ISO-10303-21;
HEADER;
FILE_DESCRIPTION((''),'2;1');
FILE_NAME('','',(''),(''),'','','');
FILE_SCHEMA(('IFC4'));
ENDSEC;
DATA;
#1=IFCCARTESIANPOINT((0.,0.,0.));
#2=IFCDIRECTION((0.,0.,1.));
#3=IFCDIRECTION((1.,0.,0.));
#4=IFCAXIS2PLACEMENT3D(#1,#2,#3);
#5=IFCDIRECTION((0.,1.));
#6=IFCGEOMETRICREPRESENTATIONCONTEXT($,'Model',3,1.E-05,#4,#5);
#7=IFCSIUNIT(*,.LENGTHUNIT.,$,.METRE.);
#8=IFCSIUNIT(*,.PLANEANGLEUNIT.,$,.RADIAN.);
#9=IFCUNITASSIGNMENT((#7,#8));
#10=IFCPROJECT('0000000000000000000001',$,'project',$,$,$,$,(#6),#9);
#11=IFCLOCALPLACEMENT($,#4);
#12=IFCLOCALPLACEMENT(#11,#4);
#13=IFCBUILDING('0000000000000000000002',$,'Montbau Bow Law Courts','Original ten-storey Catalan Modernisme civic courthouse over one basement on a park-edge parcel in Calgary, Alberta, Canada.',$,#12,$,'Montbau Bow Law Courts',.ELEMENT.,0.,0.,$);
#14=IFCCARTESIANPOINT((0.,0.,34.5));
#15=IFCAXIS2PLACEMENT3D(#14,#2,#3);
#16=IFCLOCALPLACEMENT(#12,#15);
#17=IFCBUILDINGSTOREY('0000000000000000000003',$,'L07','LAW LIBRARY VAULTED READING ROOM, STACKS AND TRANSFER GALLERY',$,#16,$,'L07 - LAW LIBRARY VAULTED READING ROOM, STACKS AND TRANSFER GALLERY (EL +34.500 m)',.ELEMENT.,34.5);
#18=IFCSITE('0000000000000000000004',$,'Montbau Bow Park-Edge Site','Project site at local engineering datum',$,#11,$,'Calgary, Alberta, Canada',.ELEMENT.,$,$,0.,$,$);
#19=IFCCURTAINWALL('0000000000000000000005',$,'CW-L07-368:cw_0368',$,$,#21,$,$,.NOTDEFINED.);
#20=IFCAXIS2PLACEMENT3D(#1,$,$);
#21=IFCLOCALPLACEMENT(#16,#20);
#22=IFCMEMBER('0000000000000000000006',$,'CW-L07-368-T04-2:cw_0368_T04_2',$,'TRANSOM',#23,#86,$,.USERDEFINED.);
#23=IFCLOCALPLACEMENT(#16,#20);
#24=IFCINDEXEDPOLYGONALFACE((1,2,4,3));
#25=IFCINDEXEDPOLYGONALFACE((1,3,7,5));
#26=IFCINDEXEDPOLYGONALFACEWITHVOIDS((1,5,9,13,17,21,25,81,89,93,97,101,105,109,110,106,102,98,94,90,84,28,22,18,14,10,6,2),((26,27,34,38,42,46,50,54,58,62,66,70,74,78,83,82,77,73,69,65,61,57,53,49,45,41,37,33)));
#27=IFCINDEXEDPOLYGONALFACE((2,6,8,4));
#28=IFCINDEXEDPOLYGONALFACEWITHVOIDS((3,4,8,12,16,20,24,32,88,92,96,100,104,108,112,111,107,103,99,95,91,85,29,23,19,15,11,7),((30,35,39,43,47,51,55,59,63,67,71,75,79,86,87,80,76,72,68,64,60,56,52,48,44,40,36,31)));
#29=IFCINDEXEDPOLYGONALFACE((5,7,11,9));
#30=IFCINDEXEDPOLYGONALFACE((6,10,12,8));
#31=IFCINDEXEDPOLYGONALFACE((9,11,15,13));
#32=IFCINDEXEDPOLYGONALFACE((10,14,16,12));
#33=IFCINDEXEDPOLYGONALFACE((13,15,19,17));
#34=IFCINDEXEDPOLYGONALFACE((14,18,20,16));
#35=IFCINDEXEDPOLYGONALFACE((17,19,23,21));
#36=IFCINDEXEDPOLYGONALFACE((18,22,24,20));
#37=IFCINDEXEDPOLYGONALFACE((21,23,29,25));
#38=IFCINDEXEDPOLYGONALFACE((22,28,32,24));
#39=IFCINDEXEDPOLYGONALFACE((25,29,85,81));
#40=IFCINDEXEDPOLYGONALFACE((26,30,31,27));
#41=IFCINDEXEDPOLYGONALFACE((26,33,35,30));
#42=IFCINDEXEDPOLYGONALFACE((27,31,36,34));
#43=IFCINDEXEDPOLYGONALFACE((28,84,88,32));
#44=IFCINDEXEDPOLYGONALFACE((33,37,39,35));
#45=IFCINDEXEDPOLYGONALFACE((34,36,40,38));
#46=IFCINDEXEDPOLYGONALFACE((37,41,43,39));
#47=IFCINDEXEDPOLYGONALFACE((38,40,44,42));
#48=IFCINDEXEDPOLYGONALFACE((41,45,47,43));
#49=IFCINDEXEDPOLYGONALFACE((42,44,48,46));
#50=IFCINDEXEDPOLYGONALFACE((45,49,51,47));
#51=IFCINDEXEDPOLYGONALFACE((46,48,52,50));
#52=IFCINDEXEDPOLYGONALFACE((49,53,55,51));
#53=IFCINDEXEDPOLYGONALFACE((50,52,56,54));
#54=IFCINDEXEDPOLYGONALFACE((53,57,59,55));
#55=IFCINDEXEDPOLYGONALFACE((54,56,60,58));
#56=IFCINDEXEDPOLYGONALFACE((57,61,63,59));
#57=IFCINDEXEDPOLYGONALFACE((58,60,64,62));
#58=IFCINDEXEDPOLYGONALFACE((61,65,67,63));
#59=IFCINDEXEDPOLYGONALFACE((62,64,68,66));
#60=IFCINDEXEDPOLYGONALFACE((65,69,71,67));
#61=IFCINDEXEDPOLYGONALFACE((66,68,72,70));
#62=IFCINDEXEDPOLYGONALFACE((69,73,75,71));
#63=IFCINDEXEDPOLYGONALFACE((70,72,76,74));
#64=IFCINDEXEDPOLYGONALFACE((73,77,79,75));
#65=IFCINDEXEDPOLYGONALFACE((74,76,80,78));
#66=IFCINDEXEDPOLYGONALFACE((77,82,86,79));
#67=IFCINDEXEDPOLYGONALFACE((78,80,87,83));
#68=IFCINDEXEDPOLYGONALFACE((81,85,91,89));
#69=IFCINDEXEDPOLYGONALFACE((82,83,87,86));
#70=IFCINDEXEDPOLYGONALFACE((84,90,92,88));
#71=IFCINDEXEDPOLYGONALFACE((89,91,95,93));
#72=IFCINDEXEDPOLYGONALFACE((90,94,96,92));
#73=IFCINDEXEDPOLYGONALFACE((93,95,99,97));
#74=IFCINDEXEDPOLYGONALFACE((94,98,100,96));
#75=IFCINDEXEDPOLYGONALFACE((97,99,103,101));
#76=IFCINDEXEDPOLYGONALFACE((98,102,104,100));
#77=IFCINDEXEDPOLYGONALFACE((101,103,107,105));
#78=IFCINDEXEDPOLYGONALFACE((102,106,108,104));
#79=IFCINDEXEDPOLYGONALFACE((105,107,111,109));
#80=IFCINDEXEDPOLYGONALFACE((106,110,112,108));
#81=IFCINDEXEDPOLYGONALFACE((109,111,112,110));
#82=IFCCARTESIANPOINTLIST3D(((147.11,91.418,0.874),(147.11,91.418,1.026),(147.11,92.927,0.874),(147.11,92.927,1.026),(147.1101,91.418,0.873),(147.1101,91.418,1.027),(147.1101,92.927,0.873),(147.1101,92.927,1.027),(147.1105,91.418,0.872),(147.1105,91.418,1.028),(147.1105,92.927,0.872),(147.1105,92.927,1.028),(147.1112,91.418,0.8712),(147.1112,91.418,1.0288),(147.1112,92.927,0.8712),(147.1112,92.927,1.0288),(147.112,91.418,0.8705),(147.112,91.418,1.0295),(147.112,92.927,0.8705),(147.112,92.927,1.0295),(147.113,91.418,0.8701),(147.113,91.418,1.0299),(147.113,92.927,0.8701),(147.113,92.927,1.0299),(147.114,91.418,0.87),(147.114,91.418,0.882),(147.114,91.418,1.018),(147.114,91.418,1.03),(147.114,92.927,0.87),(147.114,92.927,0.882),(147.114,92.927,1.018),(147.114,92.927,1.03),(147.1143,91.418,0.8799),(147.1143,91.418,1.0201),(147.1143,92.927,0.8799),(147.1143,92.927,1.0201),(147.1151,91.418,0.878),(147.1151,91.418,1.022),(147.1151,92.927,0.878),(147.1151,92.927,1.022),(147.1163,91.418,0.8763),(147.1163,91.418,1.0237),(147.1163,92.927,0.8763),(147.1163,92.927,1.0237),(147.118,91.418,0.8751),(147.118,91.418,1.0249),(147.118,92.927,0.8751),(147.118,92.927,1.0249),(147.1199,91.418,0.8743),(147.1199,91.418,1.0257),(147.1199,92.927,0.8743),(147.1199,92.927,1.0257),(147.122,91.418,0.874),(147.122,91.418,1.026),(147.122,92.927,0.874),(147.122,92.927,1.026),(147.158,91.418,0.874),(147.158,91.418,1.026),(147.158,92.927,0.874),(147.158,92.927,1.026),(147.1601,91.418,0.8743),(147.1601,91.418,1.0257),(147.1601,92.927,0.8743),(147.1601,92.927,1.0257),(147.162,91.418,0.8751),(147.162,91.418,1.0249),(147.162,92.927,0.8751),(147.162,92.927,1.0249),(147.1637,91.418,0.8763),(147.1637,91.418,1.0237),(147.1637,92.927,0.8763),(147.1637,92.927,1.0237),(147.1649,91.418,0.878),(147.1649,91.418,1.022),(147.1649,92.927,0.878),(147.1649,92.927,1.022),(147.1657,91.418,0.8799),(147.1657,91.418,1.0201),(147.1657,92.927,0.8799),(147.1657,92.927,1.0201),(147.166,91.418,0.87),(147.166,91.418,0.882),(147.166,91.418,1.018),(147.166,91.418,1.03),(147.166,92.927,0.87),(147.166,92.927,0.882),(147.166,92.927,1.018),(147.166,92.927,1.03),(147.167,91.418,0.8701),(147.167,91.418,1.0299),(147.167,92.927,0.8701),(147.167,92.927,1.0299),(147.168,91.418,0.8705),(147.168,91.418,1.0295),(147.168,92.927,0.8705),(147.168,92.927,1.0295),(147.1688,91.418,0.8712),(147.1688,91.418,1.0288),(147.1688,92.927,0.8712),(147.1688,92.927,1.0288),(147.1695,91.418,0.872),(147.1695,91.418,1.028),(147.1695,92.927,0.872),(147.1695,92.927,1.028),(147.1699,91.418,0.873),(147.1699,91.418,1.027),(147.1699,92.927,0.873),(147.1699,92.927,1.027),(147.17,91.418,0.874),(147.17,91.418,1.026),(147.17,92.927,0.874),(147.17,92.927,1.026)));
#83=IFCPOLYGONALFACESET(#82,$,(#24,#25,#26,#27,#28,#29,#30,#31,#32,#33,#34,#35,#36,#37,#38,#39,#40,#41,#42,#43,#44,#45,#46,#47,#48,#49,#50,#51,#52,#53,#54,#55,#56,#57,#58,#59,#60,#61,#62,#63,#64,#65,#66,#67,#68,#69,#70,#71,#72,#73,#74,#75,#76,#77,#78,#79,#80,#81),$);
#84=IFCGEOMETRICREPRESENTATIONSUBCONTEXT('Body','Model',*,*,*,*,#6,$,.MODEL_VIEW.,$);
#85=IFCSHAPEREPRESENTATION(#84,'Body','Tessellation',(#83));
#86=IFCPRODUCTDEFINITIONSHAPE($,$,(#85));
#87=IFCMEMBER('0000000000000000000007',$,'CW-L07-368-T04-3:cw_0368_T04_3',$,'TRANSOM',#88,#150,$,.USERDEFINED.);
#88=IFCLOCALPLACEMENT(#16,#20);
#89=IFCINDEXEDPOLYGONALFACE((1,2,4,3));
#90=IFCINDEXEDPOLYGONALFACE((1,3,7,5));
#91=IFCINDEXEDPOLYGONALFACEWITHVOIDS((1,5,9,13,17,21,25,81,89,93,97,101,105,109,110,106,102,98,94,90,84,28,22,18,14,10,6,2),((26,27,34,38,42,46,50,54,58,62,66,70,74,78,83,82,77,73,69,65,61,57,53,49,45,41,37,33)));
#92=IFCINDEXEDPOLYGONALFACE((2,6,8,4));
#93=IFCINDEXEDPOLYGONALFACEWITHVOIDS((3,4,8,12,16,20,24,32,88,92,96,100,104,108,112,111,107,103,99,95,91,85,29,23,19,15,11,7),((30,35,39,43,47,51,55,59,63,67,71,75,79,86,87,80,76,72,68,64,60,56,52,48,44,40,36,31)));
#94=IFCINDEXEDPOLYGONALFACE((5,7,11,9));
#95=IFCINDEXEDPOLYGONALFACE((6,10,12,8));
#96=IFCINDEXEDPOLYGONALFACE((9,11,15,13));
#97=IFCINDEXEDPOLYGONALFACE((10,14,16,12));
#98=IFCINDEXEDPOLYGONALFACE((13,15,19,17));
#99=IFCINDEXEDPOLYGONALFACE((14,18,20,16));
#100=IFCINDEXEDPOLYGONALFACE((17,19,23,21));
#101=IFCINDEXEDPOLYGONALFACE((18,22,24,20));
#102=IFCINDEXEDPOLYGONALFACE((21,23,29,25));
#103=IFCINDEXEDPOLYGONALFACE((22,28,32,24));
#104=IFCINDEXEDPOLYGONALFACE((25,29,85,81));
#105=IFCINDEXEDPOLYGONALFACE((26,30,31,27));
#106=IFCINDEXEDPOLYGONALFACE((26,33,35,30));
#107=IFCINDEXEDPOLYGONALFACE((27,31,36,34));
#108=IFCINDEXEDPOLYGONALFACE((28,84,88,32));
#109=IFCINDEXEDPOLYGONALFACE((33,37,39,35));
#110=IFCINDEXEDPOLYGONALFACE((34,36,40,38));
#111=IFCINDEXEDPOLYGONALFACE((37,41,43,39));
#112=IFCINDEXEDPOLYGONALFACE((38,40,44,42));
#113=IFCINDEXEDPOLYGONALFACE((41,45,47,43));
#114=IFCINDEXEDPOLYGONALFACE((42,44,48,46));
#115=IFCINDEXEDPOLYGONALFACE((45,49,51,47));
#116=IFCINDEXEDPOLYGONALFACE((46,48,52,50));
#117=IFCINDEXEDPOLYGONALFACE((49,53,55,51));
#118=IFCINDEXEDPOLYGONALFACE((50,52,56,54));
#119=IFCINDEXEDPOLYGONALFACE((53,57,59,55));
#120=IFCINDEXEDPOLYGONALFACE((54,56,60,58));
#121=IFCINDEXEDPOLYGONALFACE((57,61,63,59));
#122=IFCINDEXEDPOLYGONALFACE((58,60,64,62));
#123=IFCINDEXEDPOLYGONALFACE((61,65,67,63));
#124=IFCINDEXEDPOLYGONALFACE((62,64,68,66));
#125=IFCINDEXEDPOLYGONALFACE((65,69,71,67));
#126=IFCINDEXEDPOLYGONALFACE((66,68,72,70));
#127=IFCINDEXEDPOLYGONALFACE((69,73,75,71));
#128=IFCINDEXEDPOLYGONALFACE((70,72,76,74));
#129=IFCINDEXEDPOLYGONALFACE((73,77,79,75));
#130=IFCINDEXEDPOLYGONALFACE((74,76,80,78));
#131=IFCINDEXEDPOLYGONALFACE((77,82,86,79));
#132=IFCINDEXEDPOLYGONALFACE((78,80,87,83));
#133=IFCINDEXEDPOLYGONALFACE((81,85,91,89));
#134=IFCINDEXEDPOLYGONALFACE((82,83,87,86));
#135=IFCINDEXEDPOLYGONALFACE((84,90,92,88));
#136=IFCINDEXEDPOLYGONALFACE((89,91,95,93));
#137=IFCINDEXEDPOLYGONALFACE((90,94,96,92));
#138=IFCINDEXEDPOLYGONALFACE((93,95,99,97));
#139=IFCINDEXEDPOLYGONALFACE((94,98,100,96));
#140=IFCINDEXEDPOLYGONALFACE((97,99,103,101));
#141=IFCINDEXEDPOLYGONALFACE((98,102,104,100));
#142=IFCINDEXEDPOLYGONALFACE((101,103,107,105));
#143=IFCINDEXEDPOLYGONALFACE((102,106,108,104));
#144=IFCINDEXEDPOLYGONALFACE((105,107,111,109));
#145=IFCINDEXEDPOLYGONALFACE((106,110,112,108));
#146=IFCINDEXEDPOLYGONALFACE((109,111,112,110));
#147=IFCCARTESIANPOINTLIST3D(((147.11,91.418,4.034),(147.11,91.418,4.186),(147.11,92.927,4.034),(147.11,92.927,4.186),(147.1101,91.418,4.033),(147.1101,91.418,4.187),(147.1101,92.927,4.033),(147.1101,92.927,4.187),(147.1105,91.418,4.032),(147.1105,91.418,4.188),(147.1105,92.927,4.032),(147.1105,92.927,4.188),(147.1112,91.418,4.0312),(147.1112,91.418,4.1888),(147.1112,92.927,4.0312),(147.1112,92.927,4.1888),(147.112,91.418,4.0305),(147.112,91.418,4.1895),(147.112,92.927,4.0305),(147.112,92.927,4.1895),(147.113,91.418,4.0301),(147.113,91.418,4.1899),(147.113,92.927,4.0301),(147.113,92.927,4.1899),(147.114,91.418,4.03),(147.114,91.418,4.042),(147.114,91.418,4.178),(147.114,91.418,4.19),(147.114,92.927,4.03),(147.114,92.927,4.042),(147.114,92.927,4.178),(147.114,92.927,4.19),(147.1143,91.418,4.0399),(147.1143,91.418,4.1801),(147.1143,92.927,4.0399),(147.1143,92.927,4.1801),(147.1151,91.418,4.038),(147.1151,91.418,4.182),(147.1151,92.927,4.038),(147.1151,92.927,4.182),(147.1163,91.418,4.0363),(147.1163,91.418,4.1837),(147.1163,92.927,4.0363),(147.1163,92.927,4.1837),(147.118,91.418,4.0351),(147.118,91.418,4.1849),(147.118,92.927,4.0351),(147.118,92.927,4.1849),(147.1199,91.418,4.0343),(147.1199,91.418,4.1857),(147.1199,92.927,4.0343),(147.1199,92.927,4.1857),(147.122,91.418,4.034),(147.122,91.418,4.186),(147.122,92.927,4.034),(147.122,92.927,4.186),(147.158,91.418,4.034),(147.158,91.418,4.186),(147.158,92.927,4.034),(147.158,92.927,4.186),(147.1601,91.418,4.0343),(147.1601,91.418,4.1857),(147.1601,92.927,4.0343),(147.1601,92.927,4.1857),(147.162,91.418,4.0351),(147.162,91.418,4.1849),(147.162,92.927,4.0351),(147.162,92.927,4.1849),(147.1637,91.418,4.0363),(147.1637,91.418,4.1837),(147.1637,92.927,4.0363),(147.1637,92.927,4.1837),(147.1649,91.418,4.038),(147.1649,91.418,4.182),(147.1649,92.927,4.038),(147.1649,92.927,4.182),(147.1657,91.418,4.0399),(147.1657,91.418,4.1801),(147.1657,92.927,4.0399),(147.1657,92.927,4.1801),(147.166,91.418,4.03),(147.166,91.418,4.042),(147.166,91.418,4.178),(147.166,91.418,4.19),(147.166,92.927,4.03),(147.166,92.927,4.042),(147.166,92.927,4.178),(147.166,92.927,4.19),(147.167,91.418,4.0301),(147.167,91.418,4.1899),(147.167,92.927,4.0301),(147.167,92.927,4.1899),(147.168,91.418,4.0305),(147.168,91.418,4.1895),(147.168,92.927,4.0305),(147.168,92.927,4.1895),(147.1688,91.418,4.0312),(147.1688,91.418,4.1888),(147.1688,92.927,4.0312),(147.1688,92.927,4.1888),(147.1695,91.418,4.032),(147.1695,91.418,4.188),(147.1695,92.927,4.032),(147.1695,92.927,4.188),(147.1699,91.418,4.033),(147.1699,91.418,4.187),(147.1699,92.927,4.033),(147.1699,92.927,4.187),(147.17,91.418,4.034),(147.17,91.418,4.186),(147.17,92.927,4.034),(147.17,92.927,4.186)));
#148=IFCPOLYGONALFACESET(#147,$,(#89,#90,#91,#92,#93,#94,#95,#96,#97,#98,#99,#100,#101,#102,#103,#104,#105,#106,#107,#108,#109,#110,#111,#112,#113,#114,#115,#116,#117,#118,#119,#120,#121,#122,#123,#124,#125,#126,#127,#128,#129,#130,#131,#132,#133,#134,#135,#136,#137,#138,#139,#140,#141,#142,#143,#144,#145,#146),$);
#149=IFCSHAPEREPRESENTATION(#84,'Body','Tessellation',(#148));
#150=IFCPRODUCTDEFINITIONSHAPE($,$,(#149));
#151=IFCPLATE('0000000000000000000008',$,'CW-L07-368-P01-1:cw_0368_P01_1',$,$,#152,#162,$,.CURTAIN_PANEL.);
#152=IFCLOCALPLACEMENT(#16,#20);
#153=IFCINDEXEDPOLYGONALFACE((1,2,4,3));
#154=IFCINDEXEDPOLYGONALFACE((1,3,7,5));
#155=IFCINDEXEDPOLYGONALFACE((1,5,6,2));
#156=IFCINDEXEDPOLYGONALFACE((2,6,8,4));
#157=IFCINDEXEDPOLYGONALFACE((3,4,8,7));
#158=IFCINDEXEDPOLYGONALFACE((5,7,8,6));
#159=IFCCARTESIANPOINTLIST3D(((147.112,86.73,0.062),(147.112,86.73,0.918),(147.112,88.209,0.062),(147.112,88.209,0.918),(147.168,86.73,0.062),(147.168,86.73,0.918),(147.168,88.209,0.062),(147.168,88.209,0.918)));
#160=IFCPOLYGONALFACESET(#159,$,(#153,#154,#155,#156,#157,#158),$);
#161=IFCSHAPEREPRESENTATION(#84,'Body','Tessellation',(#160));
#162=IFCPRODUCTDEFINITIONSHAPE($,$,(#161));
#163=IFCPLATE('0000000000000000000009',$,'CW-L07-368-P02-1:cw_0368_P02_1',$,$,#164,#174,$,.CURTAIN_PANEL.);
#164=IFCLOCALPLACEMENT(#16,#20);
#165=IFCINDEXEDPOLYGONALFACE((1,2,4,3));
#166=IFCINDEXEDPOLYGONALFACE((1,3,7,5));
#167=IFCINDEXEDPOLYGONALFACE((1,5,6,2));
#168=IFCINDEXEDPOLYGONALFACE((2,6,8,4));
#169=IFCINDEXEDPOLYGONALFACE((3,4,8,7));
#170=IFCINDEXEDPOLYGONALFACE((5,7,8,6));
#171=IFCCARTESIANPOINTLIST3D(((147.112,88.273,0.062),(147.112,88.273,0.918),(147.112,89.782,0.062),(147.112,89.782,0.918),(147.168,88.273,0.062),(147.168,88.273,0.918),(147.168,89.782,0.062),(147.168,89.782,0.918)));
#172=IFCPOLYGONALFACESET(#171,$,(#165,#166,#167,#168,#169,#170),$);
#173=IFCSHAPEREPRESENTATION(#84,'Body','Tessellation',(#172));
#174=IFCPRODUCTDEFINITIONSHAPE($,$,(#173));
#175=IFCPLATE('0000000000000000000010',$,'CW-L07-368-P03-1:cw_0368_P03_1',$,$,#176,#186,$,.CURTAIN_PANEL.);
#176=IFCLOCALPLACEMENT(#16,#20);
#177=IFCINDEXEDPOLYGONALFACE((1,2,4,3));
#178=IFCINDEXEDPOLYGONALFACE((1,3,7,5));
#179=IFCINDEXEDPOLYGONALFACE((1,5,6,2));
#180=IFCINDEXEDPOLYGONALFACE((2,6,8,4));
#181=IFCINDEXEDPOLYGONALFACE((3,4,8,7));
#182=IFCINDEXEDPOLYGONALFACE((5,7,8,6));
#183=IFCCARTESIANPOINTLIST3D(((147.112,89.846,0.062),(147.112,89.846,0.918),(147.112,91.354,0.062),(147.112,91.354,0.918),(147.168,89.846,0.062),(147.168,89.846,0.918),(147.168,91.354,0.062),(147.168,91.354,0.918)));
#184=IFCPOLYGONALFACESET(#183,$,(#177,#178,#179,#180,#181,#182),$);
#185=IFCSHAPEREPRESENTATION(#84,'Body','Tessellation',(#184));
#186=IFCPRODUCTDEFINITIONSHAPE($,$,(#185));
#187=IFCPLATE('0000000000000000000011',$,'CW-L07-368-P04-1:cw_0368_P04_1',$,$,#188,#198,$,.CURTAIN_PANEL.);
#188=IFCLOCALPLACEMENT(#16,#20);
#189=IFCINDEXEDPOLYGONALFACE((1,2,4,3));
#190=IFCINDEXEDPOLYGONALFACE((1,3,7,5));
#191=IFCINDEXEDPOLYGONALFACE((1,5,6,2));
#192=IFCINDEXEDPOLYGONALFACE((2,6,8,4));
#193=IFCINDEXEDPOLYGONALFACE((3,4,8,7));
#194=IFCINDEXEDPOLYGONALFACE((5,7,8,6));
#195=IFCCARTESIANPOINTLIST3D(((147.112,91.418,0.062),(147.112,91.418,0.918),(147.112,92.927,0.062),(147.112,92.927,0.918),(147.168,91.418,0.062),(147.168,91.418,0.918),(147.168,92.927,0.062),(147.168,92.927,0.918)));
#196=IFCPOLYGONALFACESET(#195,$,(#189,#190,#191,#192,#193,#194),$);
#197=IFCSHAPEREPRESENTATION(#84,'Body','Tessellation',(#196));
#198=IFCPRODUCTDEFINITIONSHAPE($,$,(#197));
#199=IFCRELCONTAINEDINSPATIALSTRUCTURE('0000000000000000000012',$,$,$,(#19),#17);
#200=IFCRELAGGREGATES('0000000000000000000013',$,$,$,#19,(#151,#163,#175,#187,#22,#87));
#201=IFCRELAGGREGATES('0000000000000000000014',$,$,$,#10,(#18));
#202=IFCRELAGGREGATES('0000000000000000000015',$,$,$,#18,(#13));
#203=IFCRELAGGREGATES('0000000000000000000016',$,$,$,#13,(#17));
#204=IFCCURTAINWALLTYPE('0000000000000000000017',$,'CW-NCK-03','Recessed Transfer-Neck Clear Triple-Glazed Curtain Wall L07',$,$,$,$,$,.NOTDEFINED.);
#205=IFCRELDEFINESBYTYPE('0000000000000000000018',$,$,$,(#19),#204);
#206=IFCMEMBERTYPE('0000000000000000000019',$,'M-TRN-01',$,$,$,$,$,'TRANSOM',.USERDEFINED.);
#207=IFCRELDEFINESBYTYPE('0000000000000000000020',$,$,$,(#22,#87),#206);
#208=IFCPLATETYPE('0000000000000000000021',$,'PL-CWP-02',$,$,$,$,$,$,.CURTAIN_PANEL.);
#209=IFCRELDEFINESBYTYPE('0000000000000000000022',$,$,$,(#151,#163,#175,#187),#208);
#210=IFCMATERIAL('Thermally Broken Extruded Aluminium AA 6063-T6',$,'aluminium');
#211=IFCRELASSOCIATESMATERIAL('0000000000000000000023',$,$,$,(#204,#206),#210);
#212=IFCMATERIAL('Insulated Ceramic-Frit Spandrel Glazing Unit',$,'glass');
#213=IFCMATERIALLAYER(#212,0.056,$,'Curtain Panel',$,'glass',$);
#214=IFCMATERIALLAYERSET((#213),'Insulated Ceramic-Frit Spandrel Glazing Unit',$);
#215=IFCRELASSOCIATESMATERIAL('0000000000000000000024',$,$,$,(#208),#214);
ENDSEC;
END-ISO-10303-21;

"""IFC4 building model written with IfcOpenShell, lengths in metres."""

from ifc_helpers import new_model, si_unit, direction, frame, frame_2d, origin_with_axes, origin_2d_with_axis, place, context, subcontext, project, spatial, rectangle, hollow_rectangle, extrude, material, layer, layer_set, material_profile, profile_set, type_object, element, aggregate, save


model = new_model("IFC4")

# Units and contexts
model_context = context("Model", 3, precision=1e-05, world=origin_with_axes(), true_north=direction((0.0, 1.0)))
body_context = subcontext(model_context, "Body", "Model", "MODEL_VIEW")
ifc_project = project(units=[si_unit("LENGTHUNIT", "METRE"), si_unit("PLANEANGLEUNIT", "RADIAN")], contexts=[model_context])

# Site, building, storey
site_placement = place(None, origin_with_axes())
site = spatial("IfcSite", under=ifc_project, at=site_placement, Name="Montbau Bow Park-Edge Site", Description="Project site at local engineering datum", LongName="Calgary, Alberta, Canada", CompositionType="ELEMENT", RefElevation=0.0)
building_placement = place(site_placement, origin_with_axes())
building = spatial("IfcBuilding", under=site, at=building_placement, Name="Montbau Bow Law Courts", Description="Original ten-storey Catalan Modernisme civic courthouse over one basement on a park-edge parcel in Calgary, Alberta, Canada.", LongName="Montbau Bow Law Courts", CompositionType="ELEMENT", ElevationOfRefHeight=0.0, ElevationOfTerrain=0.0)
storey_placement = place(building_placement, frame((0.0, 0.0, 34.5), z_axis=(0.0, 0.0, 1.0), x_axis=(1.0, 0.0, 0.0)))
storey = spatial("IfcBuildingStorey", under=building, at=storey_placement, Name="L07", Description="LAW LIBRARY VAULTED READING ROOM, STACKS AND TRANSFER GALLERY", LongName="L07 - LAW LIBRARY VAULTED READING ROOM, STACKS AND TRANSFER GALLERY (EL +34.500 m)", CompositionType="ELEMENT", Elevation=34.5)

# Curtain wall, members, plates
ifc_material_1 = material(Name="Thermally Broken Extruded Aluminium AA 6063-T6", Category="aluminium")
curtain_wall_type = type_object("IfcCurtainWallType", Name="CW-NCK-03", Description="Recessed Transfer-Neck Clear Triple-Glazed Curtain Wall L07", PredefinedType="NOTDEFINED", material=ifc_material_1)
curtain_wall_placement = place(None, frame((147.14, 86.668, 34.5), z_axis=(0.0, 0.0, 1.0), x_axis=(1.0, 0.0, 0.0)))
curtain_wall = element("IfcCurtainWall", 1, at=curtain_wall_placement, inside=storey, type_object=curtain_wall_type, Name="CW-L07-368:cw_0368", PredefinedType="NOTDEFINED")
ifc_material_profile_1 = material_profile(ifc_material_1, hollow_rectangle(XDim=0.06, YDim=0.16, WallThickness=0.004, InnerFilletRadius=0.008, OuterFilletRadius=0.004, at=origin_2d_with_axis()), Name="CWT-160X60", Category="Main", Priority=0)
ifc_profile_set_1 = profile_set([ifc_material_profile_1], Name="Thermally Broken Extruded Aluminium AA 6063-T6")
member_type_1 = type_object("IfcMemberType", Name="M-TRN-01", ElementType="TRANSOM", PredefinedType="USERDEFINED", material=ifc_profile_set_1)
member_1_placement = place(None, frame((147.14, 91.418, 35.45), z_axis=(0.0, 1.0, 0.0), x_axis=(-1.0, 0.0, 0.0)))
member_1 = element("IfcMember", 2, at=member_1_placement, type_object=member_type_1, Name="CW-L07-368-T04-2:cw_0368_T04_2", ObjectType="TRANSOM", PredefinedType="USERDEFINED", context=body_context, shape_type="SweptSolid", body=[
    extrude(hollow_rectangle(XDim=0.06, YDim=0.16, WallThickness=0.004, InnerFilletRadius=0.008, OuterFilletRadius=0.004, at=origin_2d_with_axis()), origin_with_axes(), (0.0, 0.0, 1.0), 1.509),
])
member_2_placement = place(None, frame((147.14, 91.418, 38.61), z_axis=(0.0, 1.0, 0.0), x_axis=(-1.0, 0.0, 0.0)))
member_2 = element("IfcMember", 3, at=member_2_placement, type_object=member_type_1, Name="CW-L07-368-T04-3:cw_0368_T04_3", ObjectType="TRANSOM", PredefinedType="USERDEFINED", context=body_context, shape_type="SweptSolid", body=[
    extrude(hollow_rectangle(XDim=0.06, YDim=0.16, WallThickness=0.004, InnerFilletRadius=0.008, OuterFilletRadius=0.004, at=origin_2d_with_axis()), origin_with_axes(), (0.0, 0.0, 1.0), 1.509),
])
ifc_material_2 = material(Name="Insulated Ceramic-Frit Spandrel Glazing Unit", Category="glass")
ifc_layer_1 = layer(ifc_material_2, 0.056, Name="Curtain Panel", Category="glass")
ifc_layer_set_1 = layer_set([ifc_layer_1], Name="Insulated Ceramic-Frit Spandrel Glazing Unit")
plate_type_1 = type_object("IfcPlateType", Name="PL-CWP-02", PredefinedType="CURTAIN_PANEL", material=ifc_layer_set_1)
plate_1_placement = place(None, frame((147.14, 86.73, 34.562), z_axis=(1.0, 0.0, 0.0), x_axis=(0.0, 1.0, 0.0)))
plate_1 = element("IfcPlate", 4, at=plate_1_placement, type_object=plate_type_1, Name="CW-L07-368-P01-1:cw_0368_P01_1", PredefinedType="CURTAIN_PANEL", context=body_context, shape_type="SweptSolid", body=[
    extrude(rectangle(XDim=1.479, YDim=0.856, at=frame_2d((0.7395, 0.428), x_axis=(1.0, 0.0))), frame((0.0, 0.0, -0.028), z_axis=(0.0, 0.0, 1.0), x_axis=(1.0, 0.0, 0.0)), (0.0, 0.0, 1.0), 0.056),
])
plate_2_placement = place(None, frame((147.14, 88.273, 34.562), z_axis=(1.0, 0.0, 0.0), x_axis=(0.0, 1.0, 0.0)))
plate_2 = element("IfcPlate", 5, at=plate_2_placement, type_object=plate_type_1, Name="CW-L07-368-P02-1:cw_0368_P02_1", PredefinedType="CURTAIN_PANEL", context=body_context, shape_type="SweptSolid", body=[
    extrude(rectangle(XDim=1.509, YDim=0.856, at=frame_2d((0.7545, 0.428), x_axis=(1.0, 0.0))), frame((0.0, 0.0, -0.028), z_axis=(0.0, 0.0, 1.0), x_axis=(1.0, 0.0, 0.0)), (0.0, 0.0, 1.0), 0.056),
])
plate_3_placement = place(None, frame((147.14, 89.846, 34.562), z_axis=(1.0, 0.0, 0.0), x_axis=(0.0, 1.0, 0.0)))
plate_3 = element("IfcPlate", 6, at=plate_3_placement, type_object=plate_type_1, Name="CW-L07-368-P03-1:cw_0368_P03_1", PredefinedType="CURTAIN_PANEL", context=body_context, shape_type="SweptSolid", body=[
    extrude(rectangle(XDim=1.508, YDim=0.856, at=frame_2d((0.754, 0.428), x_axis=(1.0, 0.0))), frame((0.0, 0.0, -0.028), z_axis=(0.0, 0.0, 1.0), x_axis=(1.0, 0.0, 0.0)), (0.0, 0.0, 1.0), 0.056),
])
plate_4_placement = place(None, frame((147.14, 91.418, 34.562), z_axis=(1.0, 0.0, 0.0), x_axis=(0.0, 1.0, 0.0)))
plate_4 = element("IfcPlate", 7, at=plate_4_placement, type_object=plate_type_1, Name="CW-L07-368-P04-1:cw_0368_P04_1", PredefinedType="CURTAIN_PANEL", context=body_context, shape_type="SweptSolid", body=[
    extrude(rectangle(XDim=1.509, YDim=0.856, at=frame_2d((0.7545, 0.428), x_axis=(1.0, 0.0))), frame((0.0, 0.0, -0.028), z_axis=(0.0, 0.0, 1.0), x_axis=(1.0, 0.0, 0.0)), (0.0, 0.0, 1.0), 0.056),
])
aggregate(curtain_wall, [plate_1, plate_2, plate_3, plate_4, member_1, member_2])

save(model, "model.ifc")
